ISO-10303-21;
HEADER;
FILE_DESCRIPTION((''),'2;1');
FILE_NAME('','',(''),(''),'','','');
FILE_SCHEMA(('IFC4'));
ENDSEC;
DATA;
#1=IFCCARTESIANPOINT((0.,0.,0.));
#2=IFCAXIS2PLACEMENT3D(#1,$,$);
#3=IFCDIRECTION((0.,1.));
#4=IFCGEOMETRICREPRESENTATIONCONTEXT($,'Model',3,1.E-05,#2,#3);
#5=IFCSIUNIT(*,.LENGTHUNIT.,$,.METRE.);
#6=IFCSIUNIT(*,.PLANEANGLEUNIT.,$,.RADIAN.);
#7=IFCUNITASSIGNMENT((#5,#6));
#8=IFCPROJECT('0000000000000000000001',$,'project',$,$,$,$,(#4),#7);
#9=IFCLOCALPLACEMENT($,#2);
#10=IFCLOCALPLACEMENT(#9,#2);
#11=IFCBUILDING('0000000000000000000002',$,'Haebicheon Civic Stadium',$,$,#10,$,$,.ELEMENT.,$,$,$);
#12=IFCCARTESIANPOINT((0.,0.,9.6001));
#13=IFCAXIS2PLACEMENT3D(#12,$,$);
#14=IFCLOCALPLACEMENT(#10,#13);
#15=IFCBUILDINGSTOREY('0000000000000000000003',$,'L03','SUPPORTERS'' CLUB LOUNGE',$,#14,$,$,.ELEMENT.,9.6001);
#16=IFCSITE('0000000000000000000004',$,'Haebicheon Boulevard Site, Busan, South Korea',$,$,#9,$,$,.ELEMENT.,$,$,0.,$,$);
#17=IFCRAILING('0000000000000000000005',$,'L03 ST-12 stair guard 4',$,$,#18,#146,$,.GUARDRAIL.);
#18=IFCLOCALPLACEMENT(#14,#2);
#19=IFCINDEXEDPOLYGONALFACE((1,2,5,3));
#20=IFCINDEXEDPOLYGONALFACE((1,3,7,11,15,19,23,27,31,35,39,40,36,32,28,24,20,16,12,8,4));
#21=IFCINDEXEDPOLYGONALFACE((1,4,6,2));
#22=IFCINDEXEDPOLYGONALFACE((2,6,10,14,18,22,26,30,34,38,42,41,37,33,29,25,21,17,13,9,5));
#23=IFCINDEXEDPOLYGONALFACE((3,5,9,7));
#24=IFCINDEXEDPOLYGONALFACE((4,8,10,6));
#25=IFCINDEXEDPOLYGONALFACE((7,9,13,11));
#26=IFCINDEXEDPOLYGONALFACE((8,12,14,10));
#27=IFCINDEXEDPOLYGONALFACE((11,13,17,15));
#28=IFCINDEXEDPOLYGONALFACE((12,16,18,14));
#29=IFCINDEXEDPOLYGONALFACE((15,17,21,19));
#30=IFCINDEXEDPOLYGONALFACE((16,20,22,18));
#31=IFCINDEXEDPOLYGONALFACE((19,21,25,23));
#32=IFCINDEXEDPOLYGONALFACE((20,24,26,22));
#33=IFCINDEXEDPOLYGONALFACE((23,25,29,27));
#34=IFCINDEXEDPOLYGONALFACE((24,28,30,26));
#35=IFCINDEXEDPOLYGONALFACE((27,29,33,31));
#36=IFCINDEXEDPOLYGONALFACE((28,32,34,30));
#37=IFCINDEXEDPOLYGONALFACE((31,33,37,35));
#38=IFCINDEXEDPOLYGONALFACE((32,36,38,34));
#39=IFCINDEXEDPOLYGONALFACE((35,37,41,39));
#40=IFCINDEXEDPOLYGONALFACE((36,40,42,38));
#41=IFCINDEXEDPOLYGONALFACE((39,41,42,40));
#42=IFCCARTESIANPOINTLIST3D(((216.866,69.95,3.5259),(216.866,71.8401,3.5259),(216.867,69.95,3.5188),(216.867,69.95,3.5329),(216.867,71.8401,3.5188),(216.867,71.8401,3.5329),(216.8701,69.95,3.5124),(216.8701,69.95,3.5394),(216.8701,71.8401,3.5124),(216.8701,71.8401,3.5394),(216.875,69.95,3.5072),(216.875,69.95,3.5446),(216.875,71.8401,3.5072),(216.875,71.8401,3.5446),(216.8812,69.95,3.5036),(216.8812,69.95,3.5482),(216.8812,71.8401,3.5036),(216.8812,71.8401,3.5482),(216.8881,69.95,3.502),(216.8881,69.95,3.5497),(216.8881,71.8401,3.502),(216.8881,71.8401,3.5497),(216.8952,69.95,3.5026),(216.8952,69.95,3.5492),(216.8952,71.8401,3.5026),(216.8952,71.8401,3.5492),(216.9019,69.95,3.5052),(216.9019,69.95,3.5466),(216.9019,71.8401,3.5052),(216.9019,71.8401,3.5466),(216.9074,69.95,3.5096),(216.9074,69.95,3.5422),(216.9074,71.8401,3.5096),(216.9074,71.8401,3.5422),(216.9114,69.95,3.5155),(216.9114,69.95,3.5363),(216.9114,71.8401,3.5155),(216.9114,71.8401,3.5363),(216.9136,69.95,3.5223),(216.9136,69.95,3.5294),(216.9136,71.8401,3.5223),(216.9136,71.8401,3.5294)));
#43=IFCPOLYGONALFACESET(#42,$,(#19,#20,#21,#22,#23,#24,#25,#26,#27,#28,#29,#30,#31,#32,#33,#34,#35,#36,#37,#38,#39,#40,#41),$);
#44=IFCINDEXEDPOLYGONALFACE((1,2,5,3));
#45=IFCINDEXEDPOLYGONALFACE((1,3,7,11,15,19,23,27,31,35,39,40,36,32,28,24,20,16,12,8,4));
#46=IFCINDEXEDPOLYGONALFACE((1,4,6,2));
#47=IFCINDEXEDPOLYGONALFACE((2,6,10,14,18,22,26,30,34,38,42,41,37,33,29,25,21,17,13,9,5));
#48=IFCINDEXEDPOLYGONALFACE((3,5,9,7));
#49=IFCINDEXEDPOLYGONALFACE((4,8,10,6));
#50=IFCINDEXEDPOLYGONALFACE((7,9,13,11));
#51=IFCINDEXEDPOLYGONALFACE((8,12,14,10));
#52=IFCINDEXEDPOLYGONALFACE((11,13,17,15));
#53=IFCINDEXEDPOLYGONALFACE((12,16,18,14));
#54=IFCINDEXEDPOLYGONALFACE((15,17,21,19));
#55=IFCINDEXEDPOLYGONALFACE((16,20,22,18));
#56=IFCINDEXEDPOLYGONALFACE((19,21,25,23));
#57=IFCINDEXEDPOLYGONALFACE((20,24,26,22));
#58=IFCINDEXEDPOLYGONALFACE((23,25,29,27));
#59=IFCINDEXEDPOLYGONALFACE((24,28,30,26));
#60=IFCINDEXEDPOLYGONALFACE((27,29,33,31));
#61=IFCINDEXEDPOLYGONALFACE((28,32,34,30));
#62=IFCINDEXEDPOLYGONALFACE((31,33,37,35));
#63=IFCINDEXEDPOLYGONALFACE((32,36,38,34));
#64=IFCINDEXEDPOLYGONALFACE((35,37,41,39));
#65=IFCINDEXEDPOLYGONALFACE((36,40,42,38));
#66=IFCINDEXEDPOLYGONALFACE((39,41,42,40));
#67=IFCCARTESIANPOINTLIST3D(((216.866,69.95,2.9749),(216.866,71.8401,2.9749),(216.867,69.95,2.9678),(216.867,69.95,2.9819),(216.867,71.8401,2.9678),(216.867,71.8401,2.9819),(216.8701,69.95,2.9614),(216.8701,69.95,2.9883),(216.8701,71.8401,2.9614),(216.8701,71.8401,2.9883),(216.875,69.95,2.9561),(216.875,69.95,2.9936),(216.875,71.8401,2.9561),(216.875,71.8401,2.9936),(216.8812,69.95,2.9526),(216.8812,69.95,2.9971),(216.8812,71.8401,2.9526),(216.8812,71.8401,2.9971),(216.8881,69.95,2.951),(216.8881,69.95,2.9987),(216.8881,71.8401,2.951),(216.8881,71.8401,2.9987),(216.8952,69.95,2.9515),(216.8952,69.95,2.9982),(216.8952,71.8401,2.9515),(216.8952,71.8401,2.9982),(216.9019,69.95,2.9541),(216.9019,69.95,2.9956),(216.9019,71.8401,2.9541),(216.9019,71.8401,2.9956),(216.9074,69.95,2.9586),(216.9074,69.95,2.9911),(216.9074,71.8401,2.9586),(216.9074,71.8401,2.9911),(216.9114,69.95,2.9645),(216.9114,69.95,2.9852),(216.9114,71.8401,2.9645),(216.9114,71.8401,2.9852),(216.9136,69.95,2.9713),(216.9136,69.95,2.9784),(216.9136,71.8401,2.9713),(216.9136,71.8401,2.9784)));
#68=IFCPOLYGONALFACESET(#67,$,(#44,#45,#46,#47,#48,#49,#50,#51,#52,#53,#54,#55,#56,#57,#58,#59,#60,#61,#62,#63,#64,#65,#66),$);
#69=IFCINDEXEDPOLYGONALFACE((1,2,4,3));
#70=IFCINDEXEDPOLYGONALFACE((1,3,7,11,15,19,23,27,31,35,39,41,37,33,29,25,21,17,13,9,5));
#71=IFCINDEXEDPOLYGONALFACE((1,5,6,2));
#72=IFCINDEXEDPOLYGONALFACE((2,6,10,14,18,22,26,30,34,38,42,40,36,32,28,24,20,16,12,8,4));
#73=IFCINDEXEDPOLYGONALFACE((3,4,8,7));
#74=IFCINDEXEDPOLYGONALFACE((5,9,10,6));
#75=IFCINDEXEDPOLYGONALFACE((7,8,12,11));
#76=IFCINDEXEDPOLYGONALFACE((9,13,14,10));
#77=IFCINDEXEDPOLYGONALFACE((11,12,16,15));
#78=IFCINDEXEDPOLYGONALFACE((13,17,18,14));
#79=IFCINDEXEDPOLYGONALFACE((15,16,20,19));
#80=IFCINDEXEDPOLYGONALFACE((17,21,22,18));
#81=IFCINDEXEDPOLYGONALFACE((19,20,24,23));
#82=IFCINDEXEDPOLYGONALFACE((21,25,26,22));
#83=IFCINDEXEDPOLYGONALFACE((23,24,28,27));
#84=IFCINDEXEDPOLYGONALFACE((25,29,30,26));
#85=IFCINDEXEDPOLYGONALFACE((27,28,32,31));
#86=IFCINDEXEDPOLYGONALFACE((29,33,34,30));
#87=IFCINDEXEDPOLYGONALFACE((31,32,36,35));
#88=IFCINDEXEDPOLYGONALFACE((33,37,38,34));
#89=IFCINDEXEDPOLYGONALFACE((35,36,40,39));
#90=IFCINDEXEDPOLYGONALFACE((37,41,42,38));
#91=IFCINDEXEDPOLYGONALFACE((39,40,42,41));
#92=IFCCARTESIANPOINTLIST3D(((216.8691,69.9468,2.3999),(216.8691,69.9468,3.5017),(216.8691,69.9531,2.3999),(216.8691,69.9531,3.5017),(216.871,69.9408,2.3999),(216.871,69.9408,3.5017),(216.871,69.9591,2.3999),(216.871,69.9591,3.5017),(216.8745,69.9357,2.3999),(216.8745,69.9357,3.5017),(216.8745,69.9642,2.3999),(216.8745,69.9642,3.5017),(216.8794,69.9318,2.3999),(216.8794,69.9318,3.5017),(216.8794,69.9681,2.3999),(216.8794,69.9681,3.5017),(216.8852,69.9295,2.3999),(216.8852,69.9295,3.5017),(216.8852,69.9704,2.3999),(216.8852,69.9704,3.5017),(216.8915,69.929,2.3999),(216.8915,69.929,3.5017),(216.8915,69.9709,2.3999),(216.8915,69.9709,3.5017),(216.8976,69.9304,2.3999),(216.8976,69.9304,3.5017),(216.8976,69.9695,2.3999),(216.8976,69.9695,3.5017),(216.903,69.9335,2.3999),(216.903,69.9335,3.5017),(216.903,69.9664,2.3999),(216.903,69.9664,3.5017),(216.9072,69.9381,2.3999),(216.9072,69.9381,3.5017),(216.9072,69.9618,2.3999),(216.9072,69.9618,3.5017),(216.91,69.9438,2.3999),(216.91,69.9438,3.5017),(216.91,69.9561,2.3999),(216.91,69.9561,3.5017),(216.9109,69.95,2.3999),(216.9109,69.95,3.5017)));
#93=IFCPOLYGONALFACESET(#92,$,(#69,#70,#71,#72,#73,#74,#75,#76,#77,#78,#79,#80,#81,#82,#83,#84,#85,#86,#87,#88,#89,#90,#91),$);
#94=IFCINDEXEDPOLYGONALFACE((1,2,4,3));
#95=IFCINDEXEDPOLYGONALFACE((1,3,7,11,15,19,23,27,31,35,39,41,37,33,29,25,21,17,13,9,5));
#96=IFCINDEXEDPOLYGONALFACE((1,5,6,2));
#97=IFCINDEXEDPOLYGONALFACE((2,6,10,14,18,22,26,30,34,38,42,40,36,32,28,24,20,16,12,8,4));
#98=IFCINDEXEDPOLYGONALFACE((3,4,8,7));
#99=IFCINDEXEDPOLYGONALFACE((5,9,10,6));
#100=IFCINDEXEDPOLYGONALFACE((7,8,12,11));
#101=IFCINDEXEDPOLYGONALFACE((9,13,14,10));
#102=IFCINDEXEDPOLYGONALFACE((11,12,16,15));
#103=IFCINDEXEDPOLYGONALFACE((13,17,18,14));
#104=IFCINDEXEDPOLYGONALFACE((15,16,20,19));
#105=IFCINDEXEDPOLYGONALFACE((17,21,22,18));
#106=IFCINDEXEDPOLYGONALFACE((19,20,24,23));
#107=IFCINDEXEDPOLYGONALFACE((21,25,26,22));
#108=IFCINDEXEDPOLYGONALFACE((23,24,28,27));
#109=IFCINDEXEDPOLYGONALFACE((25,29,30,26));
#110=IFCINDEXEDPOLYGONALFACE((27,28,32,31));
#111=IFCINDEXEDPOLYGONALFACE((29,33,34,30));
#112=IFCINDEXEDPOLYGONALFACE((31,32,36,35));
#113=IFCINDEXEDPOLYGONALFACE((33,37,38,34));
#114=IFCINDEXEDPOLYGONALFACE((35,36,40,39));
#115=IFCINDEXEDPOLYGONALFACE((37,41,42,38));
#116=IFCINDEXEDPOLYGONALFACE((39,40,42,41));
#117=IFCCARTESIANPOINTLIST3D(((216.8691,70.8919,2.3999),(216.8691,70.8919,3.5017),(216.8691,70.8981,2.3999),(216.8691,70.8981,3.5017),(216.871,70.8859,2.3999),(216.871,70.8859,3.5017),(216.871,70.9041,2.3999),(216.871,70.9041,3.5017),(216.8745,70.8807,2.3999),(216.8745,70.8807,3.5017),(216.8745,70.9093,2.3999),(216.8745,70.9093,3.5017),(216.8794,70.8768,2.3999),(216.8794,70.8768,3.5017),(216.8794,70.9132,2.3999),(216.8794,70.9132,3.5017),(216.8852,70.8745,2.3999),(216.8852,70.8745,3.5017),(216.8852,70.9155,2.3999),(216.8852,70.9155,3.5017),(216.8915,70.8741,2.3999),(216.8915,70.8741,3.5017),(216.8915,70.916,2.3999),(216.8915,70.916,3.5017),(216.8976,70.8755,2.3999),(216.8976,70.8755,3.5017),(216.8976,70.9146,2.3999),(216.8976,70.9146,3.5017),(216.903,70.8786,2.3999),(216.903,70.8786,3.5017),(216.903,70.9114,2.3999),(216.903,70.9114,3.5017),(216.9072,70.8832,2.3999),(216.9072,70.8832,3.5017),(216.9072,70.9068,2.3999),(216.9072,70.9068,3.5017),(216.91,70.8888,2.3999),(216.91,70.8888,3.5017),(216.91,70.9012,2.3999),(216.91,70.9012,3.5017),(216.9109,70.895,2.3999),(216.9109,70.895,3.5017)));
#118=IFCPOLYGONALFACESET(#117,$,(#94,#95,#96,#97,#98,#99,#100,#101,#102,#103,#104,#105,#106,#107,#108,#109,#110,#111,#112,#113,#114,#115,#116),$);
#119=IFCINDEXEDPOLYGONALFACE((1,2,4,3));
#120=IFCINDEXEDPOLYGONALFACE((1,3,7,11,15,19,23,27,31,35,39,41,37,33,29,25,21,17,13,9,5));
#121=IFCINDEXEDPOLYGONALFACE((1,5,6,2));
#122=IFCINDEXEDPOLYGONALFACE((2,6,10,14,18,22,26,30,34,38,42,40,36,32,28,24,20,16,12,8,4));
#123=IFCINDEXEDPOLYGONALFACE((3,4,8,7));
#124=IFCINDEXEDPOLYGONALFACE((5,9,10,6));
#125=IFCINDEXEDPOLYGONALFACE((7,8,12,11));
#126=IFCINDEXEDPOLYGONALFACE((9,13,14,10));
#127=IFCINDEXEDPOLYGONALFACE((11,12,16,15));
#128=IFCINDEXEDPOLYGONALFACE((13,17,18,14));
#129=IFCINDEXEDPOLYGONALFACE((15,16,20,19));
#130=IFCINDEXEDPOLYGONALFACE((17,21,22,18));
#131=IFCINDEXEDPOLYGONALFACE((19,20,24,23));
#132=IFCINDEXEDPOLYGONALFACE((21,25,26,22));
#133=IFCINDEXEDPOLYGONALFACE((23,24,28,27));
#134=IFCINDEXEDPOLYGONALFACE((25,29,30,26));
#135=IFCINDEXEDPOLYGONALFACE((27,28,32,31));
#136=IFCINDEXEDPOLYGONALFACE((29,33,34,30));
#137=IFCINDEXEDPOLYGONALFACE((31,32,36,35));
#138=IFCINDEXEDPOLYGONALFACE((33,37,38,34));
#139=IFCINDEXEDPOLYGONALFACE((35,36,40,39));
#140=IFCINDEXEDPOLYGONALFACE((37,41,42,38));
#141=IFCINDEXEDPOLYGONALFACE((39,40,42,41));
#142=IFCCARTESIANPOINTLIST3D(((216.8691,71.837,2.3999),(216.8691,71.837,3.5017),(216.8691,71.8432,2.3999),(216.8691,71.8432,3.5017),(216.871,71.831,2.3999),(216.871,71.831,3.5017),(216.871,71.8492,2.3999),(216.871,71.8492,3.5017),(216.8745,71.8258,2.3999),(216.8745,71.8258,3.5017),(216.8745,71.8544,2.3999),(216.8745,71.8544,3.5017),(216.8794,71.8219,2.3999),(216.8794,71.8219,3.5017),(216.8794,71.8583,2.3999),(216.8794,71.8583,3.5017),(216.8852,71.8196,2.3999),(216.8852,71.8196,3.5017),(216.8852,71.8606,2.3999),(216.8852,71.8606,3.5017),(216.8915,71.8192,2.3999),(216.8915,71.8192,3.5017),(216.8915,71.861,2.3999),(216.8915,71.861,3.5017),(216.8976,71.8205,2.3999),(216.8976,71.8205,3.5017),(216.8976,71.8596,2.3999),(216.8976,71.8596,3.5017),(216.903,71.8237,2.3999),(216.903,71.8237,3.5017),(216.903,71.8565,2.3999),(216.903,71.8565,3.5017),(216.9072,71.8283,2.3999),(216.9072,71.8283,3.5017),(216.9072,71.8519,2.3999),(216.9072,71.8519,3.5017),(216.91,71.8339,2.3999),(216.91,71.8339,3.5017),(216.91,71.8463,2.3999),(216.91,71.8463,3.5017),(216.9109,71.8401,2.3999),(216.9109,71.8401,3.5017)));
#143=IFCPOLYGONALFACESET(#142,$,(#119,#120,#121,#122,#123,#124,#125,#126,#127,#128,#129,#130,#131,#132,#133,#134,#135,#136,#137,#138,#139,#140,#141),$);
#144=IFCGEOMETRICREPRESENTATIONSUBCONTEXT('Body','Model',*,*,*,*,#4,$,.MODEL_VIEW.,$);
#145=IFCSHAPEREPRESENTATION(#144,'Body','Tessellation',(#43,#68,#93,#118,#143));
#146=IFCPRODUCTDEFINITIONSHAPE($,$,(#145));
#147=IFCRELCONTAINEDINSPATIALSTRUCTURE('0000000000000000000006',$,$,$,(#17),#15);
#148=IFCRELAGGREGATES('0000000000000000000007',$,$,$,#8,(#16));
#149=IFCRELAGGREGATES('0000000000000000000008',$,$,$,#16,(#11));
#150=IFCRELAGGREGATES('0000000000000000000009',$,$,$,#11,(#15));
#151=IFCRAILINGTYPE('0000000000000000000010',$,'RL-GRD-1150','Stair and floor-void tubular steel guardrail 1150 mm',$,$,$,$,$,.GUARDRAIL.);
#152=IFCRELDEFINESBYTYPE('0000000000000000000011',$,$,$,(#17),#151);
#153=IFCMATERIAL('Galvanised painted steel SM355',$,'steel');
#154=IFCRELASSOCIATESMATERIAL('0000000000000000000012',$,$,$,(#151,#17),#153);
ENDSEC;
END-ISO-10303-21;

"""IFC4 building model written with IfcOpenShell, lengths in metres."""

from ifc_helpers import new_model, si_unit, direction, frame, origin, origin_2d, place, context, subcontext, project, spatial, circle, extrude, material, type_object, element, save


model = new_model("IFC4")

# Units and contexts
model_context = context("Model", 3, precision=1e-05, world=origin(), true_north=direction((0.0, 1.0)))
body_context = subcontext(model_context, "Body", "Model", "MODEL_VIEW")
ifc_project = project(units=[si_unit("LENGTHUNIT", "METRE"), si_unit("PLANEANGLEUNIT", "RADIAN")], contexts=[model_context])

# Site, building, storey
site_placement = place(None, origin())
site = spatial("IfcSite", under=ifc_project, at=site_placement, Name="Haebicheon Boulevard Site, Busan, South Korea", CompositionType="ELEMENT", RefElevation=0.0)
building_placement = place(site_placement, origin())
building = spatial("IfcBuilding", under=site, at=building_placement, Name="Haebicheon Civic Stadium", CompositionType="ELEMENT")
storey_placement = place(building_placement, frame((0.0, 0.0, 9.6001)))
storey = spatial("IfcBuildingStorey", under=building, at=storey_placement, Name="L03", Description="SUPPORTERS' CLUB LOUNGE", CompositionType="ELEMENT", Elevation=9.6001)

# Railing
ifc_material_1 = material(Name="Galvanised painted steel SM355", Category="steel")
railing_type_1 = type_object("IfcRailingType", Name="RL-GRD-1150", Description="Stair and floor-void tubular steel guardrail 1150 mm", PredefinedType="GUARDRAIL", material=ifc_material_1)
for number, where, name in (
    (1, (216.8899, 69.95, 2.3999), "L03 ST-12 stair guard 4"),
):
    element("IfcRailing", number, at=place(storey_placement, frame(where)), inside=storey, type_object=railing_type_1, material=ifc_material_1, Name=name, PredefinedType="GUARDRAIL", context=body_context, shape_type="SweptSolid", body=[
        extrude(circle(Radius=0.0239, at=origin_2d()), frame((0.0, 0.0, 1.126), z_axis=(0.0, 1.0, 0.0), x_axis=(-1.0, 0.0, 0.0)), (0.0, 0.0, 1.0), 1.8901),
        extrude(circle(Radius=0.0239, at=origin_2d()), frame((0.0, 0.0, 0.575), z_axis=(0.0, 1.0, 0.0), x_axis=(-1.0, 0.0, 0.0)), (0.0, 0.0, 1.0), 1.8901),
        extrude(circle(Radius=0.021, at=origin_2d()), origin(), (0.0, 0.0, 1.0), 1.1018),
        extrude(circle(Radius=0.021, at=origin_2d()), frame((0.0, 0.9451, 0.0)), (0.0, 0.0, 1.0), 1.1018),
        extrude(circle(Radius=0.021, at=origin_2d()), frame((0.0, 1.8901, 0.0)), (0.0, 0.0, 1.0), 1.1018),
    ])

save(model, "model.ifc")
